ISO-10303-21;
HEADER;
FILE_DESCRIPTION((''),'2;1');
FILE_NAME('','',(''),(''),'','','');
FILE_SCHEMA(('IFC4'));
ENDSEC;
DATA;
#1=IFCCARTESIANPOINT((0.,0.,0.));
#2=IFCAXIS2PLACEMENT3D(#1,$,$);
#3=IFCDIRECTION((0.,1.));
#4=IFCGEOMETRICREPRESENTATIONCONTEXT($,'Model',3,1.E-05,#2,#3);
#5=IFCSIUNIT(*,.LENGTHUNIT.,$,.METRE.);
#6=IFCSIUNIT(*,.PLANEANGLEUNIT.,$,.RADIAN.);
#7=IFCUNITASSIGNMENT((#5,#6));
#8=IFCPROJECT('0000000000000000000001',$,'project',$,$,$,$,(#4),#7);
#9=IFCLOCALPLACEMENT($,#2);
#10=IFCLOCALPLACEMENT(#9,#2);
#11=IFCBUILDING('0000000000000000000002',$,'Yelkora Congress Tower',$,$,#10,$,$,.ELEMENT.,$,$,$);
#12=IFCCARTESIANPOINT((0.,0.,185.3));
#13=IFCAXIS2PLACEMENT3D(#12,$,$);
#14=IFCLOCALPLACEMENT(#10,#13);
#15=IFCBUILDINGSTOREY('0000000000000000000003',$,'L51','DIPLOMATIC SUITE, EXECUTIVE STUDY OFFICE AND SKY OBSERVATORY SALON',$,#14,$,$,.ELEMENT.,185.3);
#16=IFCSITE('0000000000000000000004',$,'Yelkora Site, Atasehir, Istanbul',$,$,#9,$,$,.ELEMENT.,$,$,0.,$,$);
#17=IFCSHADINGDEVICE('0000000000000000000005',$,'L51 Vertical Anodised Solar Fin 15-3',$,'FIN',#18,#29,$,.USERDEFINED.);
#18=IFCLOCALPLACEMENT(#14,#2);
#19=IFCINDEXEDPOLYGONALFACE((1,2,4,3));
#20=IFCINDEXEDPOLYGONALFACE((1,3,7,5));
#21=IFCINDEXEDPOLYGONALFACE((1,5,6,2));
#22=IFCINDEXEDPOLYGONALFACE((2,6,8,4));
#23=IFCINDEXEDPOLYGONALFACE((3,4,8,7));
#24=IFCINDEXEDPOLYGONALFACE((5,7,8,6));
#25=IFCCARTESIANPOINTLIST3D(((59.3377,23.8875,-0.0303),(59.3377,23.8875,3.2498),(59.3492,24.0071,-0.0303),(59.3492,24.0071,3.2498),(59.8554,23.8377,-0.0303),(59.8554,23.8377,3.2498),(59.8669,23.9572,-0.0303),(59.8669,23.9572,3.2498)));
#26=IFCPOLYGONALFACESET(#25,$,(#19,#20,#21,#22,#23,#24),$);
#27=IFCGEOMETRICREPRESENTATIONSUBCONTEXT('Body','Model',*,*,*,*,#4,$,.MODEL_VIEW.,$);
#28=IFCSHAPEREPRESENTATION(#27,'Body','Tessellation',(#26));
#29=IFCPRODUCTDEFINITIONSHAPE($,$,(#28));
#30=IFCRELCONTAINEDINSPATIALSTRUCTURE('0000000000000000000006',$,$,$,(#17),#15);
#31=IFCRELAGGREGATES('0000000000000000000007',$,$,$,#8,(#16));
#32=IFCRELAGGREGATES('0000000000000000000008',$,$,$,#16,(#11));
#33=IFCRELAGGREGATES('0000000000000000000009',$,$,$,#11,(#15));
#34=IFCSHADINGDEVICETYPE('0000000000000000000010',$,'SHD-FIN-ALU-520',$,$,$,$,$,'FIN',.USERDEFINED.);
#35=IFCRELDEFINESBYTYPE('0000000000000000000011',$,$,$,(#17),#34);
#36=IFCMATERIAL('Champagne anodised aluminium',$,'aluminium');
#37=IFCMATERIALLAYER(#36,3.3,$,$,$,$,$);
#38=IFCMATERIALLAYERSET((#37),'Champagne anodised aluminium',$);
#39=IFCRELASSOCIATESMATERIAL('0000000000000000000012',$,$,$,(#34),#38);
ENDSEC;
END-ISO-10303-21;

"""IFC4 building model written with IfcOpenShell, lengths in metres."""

from ifc_helpers import new_model, si_unit, direction, frame, origin, origin_2d, place, context, subcontext, project, spatial, rectangle, extrude, material, layer, layer_set, type_object, element, save


model = new_model("IFC4")

# Units and contexts
model_context = context("Model", 3, precision=1e-05, world=origin(), true_north=direction((0.0, 1.0)))
body_context = subcontext(model_context, "Body", "Model", "MODEL_VIEW")
ifc_project = project(units=[si_unit("LENGTHUNIT", "METRE"), si_unit("PLANEANGLEUNIT", "RADIAN")], contexts=[model_context])

# Site, building, storey
site_placement = place(None, origin())
site = spatial("IfcSite", under=ifc_project, at=site_placement, Name="Yelkora Site, Atasehir, Istanbul", CompositionType="ELEMENT", RefElevation=0.0)
building_placement = place(site_placement, origin())
building = spatial("IfcBuilding", under=site, at=building_placement, Name="Yelkora Congress Tower", CompositionType="ELEMENT")
storey_placement = place(building_placement, frame((0.0, 0.0, 185.3)))
storey = spatial("IfcBuildingStorey", under=building, at=storey_placement, Name="L51", Description="DIPLOMATIC SUITE, EXECUTIVE STUDY OFFICE AND SKY OBSERVATORY SALON", CompositionType="ELEMENT", Elevation=185.3)

# Shading device
ifc_material_1 = material(Name="Champagne anodised aluminium", Category="aluminium")
ifc_layer_1 = layer(ifc_material_1, 3.3)
ifc_layer_set_1 = layer_set([ifc_layer_1], Name="Champagne anodised aluminium")
shading_device_type = type_object("IfcShadingDeviceType", Name="SHD-FIN-ALU-520", ElementType="FIN", PredefinedType="USERDEFINED", material=ifc_layer_set_1)
for number, where, z_axis, x_axis, name in (
    (1, (59.6023, 23.9224, -0.0303), (0.0, 0.0, 1.0), (-0.095846, -0.995396, 0.0), "L51 Vertical Anodised Solar Fin 15-3"),
):
    element("IfcShadingDevice", number, at=place(storey_placement, frame(where, z_axis=z_axis, x_axis=x_axis)), inside=storey, type_object=shading_device_type, Name=name, ObjectType="FIN", PredefinedType="USERDEFINED", context=body_context, shape_type="SweptSolid", body=[
        extrude(rectangle(XDim=0.1201, YDim=0.52, at=origin_2d()), origin(), (0.0, 0.0, 1.0), 3.28),
    ])

save(model, "model.ifc")
